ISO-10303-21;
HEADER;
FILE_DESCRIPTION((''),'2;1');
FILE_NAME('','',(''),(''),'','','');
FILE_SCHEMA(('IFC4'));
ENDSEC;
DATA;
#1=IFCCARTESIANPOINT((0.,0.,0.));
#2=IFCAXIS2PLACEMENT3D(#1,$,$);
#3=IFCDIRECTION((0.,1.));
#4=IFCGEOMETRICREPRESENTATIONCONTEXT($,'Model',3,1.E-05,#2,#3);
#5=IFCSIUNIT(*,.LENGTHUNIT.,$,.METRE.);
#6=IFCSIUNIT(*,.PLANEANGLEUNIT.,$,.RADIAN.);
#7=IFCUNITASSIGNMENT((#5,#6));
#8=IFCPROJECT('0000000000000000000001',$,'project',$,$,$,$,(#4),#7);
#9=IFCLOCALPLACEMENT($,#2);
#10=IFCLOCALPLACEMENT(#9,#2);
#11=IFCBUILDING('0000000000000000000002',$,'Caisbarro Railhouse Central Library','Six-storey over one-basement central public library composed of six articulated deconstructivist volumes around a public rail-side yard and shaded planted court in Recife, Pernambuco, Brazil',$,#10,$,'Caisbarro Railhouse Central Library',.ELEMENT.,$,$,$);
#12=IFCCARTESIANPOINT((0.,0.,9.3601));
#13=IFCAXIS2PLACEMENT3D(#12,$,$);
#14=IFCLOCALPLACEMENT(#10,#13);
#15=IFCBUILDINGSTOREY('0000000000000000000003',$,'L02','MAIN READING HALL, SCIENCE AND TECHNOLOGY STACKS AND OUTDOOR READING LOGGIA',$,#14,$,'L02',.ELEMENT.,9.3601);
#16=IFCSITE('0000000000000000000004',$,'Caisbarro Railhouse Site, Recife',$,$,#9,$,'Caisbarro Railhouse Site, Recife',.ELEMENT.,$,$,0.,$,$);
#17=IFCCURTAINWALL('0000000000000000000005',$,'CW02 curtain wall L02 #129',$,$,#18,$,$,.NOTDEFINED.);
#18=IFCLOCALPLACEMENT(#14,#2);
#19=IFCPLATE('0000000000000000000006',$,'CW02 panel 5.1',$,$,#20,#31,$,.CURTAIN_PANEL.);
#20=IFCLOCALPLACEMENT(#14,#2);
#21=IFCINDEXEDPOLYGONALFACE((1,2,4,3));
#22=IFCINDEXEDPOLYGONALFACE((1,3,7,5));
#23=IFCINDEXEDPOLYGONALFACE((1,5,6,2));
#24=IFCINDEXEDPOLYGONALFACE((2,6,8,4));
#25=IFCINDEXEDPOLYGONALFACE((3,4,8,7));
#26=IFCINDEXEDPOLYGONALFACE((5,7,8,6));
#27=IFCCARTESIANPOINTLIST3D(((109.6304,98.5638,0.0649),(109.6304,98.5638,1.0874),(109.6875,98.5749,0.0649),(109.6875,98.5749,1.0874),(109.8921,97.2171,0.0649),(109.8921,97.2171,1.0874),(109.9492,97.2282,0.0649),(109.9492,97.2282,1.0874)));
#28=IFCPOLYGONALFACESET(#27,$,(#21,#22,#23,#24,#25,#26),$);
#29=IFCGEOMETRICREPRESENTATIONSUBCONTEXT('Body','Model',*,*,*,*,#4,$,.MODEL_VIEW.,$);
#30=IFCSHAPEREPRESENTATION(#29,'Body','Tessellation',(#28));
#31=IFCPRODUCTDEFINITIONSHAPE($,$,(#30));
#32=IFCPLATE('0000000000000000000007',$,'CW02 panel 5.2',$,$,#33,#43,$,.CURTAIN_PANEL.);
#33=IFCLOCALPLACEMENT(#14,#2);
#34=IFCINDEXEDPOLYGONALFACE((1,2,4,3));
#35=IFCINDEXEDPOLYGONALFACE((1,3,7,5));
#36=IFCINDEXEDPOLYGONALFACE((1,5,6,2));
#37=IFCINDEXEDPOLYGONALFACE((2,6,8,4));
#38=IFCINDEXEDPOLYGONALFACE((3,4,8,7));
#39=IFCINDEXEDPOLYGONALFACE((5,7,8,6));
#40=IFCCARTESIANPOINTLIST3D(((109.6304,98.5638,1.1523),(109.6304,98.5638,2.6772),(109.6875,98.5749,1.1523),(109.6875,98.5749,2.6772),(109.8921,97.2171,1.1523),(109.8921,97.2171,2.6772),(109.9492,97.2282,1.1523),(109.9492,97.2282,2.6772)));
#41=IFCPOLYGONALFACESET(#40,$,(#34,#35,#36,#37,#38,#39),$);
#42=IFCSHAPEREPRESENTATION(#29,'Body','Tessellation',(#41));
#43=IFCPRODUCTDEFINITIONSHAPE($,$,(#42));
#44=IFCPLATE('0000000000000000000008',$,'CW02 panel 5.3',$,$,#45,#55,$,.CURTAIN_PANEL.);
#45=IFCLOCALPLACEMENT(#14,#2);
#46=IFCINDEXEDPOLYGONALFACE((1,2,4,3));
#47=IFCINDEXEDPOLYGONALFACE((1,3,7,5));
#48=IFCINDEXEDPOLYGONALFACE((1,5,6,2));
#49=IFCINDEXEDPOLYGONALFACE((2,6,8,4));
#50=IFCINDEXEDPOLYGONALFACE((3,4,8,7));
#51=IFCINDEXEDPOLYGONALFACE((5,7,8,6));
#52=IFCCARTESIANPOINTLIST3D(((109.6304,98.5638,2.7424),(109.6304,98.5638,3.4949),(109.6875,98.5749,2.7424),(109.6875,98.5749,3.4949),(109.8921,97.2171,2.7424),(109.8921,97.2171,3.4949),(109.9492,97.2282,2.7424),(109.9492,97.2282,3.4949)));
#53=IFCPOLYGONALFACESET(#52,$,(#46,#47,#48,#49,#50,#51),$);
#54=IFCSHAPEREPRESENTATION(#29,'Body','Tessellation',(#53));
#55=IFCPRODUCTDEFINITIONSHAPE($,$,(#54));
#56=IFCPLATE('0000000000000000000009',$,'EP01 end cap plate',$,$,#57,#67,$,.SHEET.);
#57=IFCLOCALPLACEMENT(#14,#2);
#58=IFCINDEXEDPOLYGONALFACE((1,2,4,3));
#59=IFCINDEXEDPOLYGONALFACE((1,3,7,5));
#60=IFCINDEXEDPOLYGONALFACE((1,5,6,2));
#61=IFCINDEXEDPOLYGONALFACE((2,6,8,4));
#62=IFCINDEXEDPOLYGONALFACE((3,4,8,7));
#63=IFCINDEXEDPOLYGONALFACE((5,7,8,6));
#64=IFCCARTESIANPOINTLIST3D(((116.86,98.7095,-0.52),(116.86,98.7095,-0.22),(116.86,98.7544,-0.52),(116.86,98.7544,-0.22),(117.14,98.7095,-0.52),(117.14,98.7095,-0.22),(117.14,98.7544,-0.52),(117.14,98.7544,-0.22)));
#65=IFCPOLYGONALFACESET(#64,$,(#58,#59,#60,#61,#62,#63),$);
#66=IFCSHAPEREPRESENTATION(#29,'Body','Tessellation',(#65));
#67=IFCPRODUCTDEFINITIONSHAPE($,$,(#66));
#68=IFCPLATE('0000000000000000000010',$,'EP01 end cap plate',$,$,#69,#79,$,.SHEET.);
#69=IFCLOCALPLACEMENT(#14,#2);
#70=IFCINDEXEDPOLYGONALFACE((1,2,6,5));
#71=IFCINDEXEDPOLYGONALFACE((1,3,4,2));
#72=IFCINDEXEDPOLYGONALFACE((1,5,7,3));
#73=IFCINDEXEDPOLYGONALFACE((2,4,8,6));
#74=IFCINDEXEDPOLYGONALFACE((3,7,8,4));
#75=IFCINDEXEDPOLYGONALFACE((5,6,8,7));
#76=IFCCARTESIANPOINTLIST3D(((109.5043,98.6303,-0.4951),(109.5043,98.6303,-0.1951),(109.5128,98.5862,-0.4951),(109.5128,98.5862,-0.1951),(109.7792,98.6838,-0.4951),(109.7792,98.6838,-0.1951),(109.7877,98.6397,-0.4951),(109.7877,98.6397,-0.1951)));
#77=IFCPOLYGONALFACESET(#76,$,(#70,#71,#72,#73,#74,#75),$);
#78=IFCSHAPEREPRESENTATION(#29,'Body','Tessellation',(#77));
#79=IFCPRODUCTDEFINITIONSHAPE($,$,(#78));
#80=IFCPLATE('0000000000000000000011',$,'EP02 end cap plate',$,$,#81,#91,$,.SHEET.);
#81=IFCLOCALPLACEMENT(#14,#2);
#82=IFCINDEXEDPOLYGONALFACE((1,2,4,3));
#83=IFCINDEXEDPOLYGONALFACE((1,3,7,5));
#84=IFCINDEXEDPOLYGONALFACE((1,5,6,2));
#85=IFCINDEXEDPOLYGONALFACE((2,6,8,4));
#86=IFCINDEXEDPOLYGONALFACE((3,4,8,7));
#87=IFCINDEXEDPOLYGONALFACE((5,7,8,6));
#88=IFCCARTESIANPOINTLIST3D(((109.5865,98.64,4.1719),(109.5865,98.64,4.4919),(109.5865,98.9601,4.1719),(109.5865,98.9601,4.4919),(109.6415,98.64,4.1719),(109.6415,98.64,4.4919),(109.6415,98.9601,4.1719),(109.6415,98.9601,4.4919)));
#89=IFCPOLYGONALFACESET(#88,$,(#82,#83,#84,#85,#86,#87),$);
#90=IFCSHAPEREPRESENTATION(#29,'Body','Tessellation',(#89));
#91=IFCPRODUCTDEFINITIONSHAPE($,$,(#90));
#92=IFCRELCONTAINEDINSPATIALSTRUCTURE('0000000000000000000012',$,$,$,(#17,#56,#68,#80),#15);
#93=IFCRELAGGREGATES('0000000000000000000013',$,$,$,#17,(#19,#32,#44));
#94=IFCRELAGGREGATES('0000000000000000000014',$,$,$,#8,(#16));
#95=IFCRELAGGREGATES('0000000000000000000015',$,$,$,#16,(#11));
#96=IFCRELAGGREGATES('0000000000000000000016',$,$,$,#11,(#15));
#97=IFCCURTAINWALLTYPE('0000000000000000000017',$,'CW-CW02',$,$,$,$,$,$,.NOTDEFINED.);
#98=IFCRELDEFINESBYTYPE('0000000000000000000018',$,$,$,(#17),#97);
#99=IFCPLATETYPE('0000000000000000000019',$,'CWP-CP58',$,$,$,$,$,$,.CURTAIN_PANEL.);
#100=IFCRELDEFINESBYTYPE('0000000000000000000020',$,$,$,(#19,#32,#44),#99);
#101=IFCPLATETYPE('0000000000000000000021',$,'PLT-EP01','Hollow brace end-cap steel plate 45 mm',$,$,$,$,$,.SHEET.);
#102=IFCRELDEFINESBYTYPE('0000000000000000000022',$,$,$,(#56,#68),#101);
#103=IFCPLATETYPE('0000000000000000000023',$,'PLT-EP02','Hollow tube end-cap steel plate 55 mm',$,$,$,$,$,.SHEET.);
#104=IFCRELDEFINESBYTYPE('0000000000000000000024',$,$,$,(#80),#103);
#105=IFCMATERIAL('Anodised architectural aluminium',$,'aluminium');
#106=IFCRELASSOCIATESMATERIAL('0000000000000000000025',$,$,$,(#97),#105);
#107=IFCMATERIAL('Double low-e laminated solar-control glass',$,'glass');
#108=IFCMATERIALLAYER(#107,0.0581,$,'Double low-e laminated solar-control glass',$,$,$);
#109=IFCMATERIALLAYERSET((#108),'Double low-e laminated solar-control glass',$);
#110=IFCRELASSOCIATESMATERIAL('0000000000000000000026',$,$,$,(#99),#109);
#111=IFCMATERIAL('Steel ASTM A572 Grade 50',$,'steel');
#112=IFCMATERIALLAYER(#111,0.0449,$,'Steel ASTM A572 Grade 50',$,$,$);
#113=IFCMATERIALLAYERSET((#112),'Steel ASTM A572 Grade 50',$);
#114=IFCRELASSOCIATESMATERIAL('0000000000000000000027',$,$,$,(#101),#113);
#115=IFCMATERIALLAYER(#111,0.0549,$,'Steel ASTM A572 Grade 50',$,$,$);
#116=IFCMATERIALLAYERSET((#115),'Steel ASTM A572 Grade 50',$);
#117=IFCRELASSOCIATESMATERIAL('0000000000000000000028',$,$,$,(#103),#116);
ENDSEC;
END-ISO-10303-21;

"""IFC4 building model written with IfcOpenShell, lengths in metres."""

from ifc_helpers import new_model, si_unit, direction, frame, origin, origin_2d, place, context, subcontext, project, spatial, rectangle, extrude, material, layer, layer_set, type_object, element, aggregate, save


model = new_model("IFC4")

# Units and contexts
model_context = context("Model", 3, precision=1e-05, world=origin(), true_north=direction((0.0, 1.0)))
body_context = subcontext(model_context, "Body", "Model", "MODEL_VIEW")
ifc_project = project(units=[si_unit("LENGTHUNIT", "METRE"), si_unit("PLANEANGLEUNIT", "RADIAN")], contexts=[model_context])

# Site, building, storey
site_placement = place(None, origin())
site = spatial("IfcSite", under=ifc_project, at=site_placement, Name="Caisbarro Railhouse Site, Recife", LongName="Caisbarro Railhouse Site, Recife", CompositionType="ELEMENT", RefElevation=0.0)
building_placement = place(site_placement, origin())
building = spatial("IfcBuilding", under=site, at=building_placement, Name="Caisbarro Railhouse Central Library", Description="Six-storey over one-basement central public library composed of six articulated deconstructivist volumes around a public rail-side yard and shaded planted court in Recife, Pernambuco, Brazil", LongName="Caisbarro Railhouse Central Library", CompositionType="ELEMENT")
storey_placement = place(building_placement, frame((0.0, 0.0, 9.3601)))
storey = spatial("IfcBuildingStorey", under=building, at=storey_placement, Name="L02", Description="MAIN READING HALL, SCIENCE AND TECHNOLOGY STACKS AND OUTDOOR READING LOGGIA", LongName="L02", CompositionType="ELEMENT", Elevation=9.3601)

# Shared definitions
ifc_material_1 = material(Name="Steel ASTM A572 Grade 50", Category="steel")

# Curtain wall, plates
ifc_material_2 = material(Name="Anodised architectural aluminium", Category="aluminium")
curtain_wall_type = type_object("IfcCurtainWallType", Name="CW-CW02", PredefinedType="NOTDEFINED", material=ifc_material_2)
curtain_wall_placement = place(storey_placement, origin())
curtain_wall = element("IfcCurtainWall", 1, at=curtain_wall_placement, inside=storey, type_object=curtain_wall_type, Name="CW02 curtain wall L02 #129", PredefinedType="NOTDEFINED")
ifc_material_3 = material(Name="Double low-e laminated solar-control glass", Category="glass")
ifc_layer_1 = layer(ifc_material_3, 0.0581, Name="Double low-e laminated solar-control glass")
ifc_layer_set_1 = layer_set([ifc_layer_1], Name="Double low-e laminated solar-control glass")
plate_type_1 = type_object("IfcPlateType", Name="CWP-CP58", PredefinedType="CURTAIN_PANEL", material=ifc_layer_set_1)
plate_1_placement = place(storey_placement, frame((109.7898, 97.896, 0.0649), z_axis=(0.0, 0.0, 1.0), x_axis=(-0.190781, 0.981633, 0.0)))
plate_1 = element("IfcPlate", 2, at=plate_1_placement, type_object=plate_type_1, Name="CW02 panel 5.1", PredefinedType="CURTAIN_PANEL", context=body_context, shape_type="SweptSolid", body=[
    extrude(rectangle(XDim=1.3718, YDim=0.0581, at=origin_2d()), origin(), (0.0, 0.0, 1.0), 1.0225),
])
plate_2_placement = place(storey_placement, frame((109.7898, 97.896, 1.1523), z_axis=(0.0, 0.0, 1.0), x_axis=(-0.190781, 0.981633, 0.0)))
plate_2 = element("IfcPlate", 3, at=plate_2_placement, type_object=plate_type_1, Name="CW02 panel 5.2", PredefinedType="CURTAIN_PANEL", context=body_context, shape_type="SweptSolid", body=[
    extrude(rectangle(XDim=1.3718, YDim=0.0581, at=origin_2d()), origin(), (0.0, 0.0, 1.0), 1.5249),
])
plate_3_placement = place(storey_placement, frame((109.7898, 97.896, 2.7424), z_axis=(0.0, 0.0, 1.0), x_axis=(-0.190781, 0.981633, 0.0)))
plate_3 = element("IfcPlate", 4, at=plate_3_placement, type_object=plate_type_1, Name="CW02 panel 5.3", PredefinedType="CURTAIN_PANEL", context=body_context, shape_type="SweptSolid", body=[
    extrude(rectangle(XDim=1.3718, YDim=0.0581, at=origin_2d()), origin(), (0.0, 0.0, 1.0), 0.7524),
])
aggregate(curtain_wall, [plate_1, plate_2, plate_3])

# Plates
ifc_layer_2 = layer(ifc_material_1, 0.0449, Name="Steel ASTM A572 Grade 50")
ifc_layer_set_2 = layer_set([ifc_layer_2], Name="Steel ASTM A572 Grade 50")
plate_type_2 = type_object("IfcPlateType", Name="PLT-EP01", Description="Hollow brace end-cap steel plate 45 mm", PredefinedType="SHEET", material=ifc_layer_set_2)
for number, where, z_axis, x_axis, name in (
    (5, (117.0, 98.7319, -0.52), (0.0, 0.0, 1.0), (0.0, 1.0, 0.0), "EP01 end cap plate"),
    (6, (109.646, 98.635, -0.4951), (0.0, 0.0, 1.0), (-0.190809, 0.981627, 0.0), "EP01 end cap plate"),
):
    element("IfcPlate", number, at=place(storey_placement, frame(where, z_axis=z_axis, x_axis=x_axis)), inside=storey, type_object=plate_type_2, Name=name, PredefinedType="SHEET", context=body_context, shape_type="SweptSolid", body=[
        extrude(rectangle(XDim=0.0449, YDim=0.28, at=origin_2d()), origin(), (0.0, 0.0, 1.0), 0.3),
    ])
ifc_layer_3 = layer(ifc_material_1, 0.0549, Name="Steel ASTM A572 Grade 50")
ifc_layer_set_3 = layer_set([ifc_layer_3], Name="Steel ASTM A572 Grade 50")
plate_type_3 = type_object("IfcPlateType", Name="PLT-EP02", Description="Hollow tube end-cap steel plate 55 mm", PredefinedType="SHEET", material=ifc_layer_set_3)
plate_4_placement = place(storey_placement, frame((109.614, 98.8, 4.1719), z_axis=(0.0, 0.0, 1.0), x_axis=(1.0, 0.0, 0.0)))
element("IfcPlate", 7, at=plate_4_placement, inside=storey, type_object=plate_type_3, Name="EP02 end cap plate", PredefinedType="SHEET", context=body_context, shape_type="SweptSolid", body=[
    extrude(rectangle(XDim=0.0549, YDim=0.3201, at=origin_2d()), origin(), (0.0, 0.0, 1.0), 0.3201),
])

save(model, "model.ifc")
